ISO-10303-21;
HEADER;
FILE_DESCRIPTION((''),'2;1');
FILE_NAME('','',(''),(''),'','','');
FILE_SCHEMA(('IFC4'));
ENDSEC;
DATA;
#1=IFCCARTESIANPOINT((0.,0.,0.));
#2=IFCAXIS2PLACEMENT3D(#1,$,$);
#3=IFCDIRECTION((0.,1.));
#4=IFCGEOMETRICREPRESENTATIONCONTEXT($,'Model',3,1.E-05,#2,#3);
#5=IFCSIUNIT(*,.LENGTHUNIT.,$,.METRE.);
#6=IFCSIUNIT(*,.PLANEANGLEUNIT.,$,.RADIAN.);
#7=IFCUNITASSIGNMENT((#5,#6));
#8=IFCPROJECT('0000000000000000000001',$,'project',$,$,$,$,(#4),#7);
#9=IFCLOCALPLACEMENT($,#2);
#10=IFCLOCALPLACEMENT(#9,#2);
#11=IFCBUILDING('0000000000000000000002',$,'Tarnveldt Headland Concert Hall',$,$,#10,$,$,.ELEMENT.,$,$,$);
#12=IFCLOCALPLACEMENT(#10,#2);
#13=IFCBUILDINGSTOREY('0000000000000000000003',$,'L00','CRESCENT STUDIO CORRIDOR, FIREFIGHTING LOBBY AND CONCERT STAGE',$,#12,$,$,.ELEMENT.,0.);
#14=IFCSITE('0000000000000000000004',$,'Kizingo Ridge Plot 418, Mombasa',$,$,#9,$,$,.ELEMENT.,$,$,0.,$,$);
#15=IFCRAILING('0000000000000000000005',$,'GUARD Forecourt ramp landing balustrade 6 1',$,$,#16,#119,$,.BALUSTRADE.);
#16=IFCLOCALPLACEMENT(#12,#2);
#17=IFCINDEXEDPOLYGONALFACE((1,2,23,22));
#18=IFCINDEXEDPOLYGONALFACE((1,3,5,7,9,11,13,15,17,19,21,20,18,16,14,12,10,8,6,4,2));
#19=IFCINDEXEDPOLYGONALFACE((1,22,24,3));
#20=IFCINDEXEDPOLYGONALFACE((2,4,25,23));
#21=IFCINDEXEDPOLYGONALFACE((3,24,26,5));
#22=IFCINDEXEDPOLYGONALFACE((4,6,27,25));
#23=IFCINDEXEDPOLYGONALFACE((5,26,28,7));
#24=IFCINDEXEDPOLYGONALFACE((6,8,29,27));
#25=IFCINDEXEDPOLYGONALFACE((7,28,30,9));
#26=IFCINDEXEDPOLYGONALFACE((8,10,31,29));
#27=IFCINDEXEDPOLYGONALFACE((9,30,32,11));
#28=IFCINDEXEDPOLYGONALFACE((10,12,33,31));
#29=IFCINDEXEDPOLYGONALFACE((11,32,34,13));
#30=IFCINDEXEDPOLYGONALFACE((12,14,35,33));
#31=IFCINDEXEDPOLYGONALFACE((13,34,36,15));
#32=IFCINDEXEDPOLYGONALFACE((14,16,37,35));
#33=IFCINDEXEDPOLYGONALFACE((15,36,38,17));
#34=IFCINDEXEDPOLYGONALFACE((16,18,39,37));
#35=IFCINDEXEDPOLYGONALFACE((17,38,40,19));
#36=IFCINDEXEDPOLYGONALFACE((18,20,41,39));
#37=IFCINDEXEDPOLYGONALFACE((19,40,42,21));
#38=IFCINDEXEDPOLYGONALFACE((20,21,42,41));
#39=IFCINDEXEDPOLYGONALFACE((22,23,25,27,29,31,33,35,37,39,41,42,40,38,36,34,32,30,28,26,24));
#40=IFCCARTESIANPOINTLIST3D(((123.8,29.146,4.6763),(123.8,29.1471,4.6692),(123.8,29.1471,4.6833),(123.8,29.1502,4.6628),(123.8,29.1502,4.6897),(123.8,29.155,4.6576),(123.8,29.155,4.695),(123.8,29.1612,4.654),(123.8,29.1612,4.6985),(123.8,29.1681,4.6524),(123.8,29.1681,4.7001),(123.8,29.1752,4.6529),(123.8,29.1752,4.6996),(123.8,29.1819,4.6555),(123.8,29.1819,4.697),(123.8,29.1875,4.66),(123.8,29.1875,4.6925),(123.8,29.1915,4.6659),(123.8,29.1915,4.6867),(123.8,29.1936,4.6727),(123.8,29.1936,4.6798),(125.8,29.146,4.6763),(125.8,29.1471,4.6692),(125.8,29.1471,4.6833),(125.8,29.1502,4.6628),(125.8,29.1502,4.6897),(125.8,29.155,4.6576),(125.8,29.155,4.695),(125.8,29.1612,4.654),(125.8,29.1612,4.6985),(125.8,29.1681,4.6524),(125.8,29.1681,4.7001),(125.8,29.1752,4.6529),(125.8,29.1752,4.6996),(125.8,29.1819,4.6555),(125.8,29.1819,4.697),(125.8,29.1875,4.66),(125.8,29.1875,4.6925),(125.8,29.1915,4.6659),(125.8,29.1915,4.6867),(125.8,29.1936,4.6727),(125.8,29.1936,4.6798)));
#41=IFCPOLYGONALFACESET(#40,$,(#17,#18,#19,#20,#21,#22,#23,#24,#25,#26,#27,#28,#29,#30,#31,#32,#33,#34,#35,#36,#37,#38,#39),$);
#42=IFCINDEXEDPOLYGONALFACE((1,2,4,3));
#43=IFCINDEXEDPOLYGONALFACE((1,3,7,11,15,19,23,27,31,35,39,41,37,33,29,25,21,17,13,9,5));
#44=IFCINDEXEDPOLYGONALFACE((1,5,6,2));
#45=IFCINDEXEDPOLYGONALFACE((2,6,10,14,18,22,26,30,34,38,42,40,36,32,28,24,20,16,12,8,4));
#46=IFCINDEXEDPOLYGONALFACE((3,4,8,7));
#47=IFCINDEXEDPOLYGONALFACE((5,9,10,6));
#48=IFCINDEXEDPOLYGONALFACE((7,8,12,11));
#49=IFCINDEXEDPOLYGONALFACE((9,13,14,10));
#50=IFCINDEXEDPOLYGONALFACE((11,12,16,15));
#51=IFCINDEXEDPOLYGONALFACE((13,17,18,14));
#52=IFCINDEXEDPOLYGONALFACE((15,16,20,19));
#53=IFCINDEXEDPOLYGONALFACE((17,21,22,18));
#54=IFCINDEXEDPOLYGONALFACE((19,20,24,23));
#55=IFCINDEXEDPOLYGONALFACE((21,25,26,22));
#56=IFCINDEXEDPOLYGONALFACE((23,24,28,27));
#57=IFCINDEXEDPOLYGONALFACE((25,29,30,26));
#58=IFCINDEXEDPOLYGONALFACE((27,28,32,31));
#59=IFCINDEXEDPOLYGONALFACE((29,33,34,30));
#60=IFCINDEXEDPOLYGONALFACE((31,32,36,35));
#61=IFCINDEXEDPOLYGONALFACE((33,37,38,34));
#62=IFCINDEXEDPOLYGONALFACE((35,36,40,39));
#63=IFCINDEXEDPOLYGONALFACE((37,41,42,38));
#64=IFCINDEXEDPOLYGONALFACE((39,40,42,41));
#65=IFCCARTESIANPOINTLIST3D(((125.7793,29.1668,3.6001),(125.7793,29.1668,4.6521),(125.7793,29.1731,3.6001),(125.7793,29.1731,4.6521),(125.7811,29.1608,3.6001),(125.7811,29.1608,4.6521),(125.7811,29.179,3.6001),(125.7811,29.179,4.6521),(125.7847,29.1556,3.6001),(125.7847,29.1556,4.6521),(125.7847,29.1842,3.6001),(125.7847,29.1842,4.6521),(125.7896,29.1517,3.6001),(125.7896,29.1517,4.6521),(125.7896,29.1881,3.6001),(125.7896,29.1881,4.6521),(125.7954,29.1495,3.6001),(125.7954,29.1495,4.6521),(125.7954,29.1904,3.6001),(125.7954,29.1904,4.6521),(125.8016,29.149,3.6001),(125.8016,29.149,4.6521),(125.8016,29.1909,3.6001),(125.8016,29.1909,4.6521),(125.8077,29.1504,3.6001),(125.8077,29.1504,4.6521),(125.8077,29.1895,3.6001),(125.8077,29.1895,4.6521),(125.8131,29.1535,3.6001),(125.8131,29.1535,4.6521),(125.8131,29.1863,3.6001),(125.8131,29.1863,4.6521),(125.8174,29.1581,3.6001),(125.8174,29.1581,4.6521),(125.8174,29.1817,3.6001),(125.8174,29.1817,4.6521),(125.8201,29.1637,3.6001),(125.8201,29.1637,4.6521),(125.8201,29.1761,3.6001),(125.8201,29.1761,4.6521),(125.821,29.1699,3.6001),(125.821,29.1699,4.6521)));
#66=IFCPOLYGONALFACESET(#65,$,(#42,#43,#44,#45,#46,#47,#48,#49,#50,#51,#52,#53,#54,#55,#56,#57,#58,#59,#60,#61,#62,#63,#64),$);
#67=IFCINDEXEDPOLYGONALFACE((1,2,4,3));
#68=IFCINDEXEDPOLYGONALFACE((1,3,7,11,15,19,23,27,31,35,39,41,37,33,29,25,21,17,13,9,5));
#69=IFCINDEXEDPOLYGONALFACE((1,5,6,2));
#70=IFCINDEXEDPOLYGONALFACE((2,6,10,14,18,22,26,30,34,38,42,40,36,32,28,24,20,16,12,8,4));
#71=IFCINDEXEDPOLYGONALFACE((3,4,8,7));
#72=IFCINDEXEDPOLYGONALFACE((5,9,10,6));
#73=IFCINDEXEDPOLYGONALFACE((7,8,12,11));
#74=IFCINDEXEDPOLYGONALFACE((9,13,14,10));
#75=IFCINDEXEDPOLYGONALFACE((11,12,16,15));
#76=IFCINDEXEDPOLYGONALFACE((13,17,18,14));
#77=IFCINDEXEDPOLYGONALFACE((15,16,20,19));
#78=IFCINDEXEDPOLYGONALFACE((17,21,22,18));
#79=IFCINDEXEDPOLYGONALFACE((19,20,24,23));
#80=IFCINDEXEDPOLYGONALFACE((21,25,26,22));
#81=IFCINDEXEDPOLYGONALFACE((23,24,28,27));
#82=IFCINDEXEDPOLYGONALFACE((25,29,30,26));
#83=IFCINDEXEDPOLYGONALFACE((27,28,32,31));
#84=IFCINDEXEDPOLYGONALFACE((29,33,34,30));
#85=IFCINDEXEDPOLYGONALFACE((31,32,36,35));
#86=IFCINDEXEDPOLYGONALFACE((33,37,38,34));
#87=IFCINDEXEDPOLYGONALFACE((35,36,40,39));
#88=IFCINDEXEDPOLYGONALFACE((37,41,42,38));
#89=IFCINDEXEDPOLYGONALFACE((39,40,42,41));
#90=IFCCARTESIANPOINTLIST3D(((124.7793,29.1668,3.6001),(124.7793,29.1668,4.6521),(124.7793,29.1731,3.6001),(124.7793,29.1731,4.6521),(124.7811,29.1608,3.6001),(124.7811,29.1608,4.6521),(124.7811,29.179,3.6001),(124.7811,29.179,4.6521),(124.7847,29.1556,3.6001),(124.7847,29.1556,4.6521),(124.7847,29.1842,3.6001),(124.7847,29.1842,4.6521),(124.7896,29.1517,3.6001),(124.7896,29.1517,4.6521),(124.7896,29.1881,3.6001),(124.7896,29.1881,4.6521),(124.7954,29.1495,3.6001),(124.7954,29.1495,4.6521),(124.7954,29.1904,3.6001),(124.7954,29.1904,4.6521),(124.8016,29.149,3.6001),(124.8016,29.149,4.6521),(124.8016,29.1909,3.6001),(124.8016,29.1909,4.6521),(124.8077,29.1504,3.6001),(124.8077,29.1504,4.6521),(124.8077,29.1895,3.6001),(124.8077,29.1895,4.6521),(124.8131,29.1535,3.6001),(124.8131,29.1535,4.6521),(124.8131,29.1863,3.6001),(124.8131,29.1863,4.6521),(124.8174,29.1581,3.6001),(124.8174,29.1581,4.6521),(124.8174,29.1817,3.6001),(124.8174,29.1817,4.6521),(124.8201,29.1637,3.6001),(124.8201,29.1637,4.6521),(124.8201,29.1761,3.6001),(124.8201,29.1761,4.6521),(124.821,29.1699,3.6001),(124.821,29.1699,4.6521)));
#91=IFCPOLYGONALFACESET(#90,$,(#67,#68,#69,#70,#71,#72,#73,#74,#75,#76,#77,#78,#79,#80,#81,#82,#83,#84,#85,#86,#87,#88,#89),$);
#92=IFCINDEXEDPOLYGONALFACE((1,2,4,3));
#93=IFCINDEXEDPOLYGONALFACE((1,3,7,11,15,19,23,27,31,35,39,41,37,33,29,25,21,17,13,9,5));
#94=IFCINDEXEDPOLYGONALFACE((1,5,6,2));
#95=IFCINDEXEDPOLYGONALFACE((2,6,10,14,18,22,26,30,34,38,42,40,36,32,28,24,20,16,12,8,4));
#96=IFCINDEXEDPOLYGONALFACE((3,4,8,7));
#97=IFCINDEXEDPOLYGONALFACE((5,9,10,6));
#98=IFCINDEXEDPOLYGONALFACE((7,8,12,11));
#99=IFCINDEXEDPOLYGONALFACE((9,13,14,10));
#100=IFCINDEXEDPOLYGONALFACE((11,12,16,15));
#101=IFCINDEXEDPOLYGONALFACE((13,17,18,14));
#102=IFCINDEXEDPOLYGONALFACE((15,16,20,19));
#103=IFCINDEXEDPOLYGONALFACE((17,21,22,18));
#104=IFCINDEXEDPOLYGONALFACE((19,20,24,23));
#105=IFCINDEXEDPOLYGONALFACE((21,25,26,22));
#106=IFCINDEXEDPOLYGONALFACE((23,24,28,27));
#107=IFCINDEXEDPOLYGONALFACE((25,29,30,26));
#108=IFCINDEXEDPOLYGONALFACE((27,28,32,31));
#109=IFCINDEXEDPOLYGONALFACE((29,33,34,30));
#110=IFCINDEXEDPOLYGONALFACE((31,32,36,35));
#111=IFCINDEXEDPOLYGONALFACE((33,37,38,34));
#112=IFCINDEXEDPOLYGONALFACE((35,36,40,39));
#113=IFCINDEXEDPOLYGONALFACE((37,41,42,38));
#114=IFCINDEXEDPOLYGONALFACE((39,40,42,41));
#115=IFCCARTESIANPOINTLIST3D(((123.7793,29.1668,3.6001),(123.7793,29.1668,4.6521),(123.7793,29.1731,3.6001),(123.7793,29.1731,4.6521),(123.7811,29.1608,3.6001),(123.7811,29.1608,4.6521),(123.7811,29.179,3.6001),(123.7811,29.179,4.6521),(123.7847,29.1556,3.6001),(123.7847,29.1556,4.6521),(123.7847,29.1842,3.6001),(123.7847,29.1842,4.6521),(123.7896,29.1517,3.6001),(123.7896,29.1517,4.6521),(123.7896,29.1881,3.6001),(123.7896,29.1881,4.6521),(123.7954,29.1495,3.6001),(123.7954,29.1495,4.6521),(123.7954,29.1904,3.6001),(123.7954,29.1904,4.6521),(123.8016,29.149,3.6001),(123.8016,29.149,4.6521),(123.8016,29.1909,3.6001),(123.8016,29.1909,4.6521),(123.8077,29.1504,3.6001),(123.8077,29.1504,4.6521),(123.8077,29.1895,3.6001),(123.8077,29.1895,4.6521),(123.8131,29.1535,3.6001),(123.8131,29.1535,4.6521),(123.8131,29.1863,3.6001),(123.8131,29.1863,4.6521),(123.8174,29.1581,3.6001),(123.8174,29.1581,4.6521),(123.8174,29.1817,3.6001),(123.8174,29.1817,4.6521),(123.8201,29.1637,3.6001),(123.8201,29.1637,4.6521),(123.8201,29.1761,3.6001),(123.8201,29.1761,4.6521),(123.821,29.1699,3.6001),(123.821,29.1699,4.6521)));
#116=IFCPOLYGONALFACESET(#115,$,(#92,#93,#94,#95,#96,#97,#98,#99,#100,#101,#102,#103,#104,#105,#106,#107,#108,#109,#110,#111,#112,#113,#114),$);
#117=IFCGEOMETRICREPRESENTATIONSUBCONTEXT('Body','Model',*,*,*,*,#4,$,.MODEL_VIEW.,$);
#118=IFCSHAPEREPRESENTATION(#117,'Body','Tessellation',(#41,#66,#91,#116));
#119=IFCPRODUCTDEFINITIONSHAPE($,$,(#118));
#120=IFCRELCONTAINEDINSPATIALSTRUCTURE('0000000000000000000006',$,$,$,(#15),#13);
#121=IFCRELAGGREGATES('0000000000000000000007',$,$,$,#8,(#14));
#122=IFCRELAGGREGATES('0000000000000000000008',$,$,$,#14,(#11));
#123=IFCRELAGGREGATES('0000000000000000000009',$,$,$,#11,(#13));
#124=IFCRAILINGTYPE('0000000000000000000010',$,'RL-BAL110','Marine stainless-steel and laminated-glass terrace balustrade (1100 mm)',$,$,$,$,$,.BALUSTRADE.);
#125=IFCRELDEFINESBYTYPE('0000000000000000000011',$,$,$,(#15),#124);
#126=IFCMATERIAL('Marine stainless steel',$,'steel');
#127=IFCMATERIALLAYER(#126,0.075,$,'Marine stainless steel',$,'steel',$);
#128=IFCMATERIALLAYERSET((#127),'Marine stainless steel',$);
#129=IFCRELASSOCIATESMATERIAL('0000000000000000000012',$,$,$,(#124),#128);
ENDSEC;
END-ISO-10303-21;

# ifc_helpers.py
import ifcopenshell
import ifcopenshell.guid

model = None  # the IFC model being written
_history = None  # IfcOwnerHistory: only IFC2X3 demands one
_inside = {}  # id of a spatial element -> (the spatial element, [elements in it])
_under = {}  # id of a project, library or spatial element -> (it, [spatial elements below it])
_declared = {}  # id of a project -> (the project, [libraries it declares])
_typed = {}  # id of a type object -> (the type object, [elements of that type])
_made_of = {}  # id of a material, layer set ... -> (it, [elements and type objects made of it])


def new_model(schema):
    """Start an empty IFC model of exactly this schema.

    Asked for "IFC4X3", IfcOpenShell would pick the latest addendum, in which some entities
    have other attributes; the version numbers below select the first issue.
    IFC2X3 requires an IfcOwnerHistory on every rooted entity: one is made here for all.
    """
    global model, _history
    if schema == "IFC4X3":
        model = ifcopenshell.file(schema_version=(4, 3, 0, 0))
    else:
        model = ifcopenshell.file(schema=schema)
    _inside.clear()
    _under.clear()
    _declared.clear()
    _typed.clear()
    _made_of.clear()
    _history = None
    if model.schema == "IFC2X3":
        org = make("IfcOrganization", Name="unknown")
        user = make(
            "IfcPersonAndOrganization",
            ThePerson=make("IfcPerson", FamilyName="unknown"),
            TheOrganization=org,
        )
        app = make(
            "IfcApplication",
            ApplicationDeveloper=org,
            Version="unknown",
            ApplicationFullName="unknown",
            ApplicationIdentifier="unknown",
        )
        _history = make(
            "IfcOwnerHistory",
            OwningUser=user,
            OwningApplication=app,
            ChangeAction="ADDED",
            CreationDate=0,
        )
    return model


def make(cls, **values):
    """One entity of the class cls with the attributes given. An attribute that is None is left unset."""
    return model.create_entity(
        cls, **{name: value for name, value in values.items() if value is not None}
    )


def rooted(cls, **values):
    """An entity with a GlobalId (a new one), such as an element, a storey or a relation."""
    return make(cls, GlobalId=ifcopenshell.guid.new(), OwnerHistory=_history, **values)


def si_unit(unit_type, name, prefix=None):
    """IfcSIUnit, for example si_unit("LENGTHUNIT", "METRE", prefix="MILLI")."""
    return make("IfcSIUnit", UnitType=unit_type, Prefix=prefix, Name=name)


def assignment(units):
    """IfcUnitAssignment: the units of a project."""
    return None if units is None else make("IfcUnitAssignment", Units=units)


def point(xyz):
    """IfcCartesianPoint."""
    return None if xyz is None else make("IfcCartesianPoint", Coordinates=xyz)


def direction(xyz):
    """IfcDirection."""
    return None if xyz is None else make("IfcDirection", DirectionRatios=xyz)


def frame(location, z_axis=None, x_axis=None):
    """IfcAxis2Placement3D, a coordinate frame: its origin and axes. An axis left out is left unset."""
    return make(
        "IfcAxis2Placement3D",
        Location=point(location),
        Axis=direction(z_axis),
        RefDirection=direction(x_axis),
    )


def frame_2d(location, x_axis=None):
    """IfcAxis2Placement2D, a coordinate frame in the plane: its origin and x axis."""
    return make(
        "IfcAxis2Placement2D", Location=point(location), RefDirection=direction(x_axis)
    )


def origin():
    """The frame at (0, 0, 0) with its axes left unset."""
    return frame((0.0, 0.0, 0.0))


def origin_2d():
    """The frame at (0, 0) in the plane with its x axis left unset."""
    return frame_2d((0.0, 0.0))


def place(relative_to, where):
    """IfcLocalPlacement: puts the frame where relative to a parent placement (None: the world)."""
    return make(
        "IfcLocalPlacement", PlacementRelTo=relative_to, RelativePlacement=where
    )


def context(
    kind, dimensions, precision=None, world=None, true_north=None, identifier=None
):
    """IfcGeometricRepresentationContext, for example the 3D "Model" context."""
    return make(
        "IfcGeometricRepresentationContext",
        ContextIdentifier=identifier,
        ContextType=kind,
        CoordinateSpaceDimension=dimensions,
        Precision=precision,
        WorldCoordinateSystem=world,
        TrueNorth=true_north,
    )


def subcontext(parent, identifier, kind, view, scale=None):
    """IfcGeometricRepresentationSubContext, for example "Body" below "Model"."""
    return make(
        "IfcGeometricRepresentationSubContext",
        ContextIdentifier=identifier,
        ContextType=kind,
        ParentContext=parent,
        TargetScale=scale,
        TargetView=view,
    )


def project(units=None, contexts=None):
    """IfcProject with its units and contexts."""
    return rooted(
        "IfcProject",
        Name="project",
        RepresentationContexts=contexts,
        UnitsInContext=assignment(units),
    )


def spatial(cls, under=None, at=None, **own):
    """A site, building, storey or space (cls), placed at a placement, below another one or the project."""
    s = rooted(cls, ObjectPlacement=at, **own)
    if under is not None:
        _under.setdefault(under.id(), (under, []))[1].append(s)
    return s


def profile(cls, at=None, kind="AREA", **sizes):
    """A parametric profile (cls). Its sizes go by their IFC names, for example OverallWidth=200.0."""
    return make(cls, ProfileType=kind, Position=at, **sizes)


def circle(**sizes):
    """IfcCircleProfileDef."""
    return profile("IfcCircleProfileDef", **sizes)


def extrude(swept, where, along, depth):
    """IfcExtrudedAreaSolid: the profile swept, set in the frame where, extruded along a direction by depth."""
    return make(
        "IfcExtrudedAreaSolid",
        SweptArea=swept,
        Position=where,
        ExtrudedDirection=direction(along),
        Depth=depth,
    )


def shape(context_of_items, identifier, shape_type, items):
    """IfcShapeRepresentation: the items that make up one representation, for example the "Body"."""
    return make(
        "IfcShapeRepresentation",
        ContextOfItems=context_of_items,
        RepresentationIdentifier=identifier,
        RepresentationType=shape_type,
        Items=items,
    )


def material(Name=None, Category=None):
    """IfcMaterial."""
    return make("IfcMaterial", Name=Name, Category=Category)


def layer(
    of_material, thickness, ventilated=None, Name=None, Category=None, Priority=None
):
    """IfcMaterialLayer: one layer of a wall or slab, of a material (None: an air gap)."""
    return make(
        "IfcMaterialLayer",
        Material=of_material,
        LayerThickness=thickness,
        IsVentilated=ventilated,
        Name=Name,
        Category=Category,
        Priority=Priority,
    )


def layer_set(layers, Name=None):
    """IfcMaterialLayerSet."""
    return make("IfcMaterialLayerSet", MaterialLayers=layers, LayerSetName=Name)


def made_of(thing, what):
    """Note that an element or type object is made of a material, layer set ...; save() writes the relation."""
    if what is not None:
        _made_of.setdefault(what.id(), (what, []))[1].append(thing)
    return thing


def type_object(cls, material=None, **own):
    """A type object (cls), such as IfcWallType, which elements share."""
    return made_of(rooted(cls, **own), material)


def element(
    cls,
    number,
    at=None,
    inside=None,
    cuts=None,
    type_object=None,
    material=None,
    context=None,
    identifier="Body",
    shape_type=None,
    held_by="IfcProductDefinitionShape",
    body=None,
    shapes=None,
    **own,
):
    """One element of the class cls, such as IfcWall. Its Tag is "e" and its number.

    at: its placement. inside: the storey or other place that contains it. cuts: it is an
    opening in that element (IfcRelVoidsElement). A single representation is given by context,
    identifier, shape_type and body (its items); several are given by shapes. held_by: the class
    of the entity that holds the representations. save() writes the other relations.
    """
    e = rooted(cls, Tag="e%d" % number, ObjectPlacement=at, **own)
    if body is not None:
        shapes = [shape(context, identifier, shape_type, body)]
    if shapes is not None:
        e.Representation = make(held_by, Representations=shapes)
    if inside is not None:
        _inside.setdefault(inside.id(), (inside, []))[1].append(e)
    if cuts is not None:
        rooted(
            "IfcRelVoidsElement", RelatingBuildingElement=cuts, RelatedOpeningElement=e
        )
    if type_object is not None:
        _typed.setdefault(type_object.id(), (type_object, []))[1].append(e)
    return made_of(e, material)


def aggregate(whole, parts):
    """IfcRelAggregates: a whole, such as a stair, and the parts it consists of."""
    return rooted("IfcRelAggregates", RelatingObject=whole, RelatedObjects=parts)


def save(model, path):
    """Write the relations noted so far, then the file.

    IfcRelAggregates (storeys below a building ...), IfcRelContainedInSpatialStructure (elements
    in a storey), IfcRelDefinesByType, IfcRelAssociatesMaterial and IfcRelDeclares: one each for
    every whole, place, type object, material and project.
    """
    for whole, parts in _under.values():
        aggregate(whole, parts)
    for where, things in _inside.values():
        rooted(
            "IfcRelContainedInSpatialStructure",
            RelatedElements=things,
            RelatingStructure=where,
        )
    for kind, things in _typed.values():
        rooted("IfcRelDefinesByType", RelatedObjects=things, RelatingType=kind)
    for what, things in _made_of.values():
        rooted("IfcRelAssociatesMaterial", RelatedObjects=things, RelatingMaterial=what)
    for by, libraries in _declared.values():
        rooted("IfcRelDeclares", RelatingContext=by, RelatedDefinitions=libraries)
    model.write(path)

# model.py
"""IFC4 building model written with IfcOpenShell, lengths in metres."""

from ifc_helpers import new_model, si_unit, direction, frame, origin, origin_2d, place, context, subcontext, project, spatial, circle, extrude, material, layer, layer_set, type_object, element, save


model = new_model("IFC4")

# Units and contexts
model_context = context("Model", 3, precision=1e-05, world=origin(), true_north=direction((0.0, 1.0)))
body_context = subcontext(model_context, "Body", "Model", "MODEL_VIEW")
ifc_project = project(units=[si_unit("LENGTHUNIT", "METRE"), si_unit("PLANEANGLEUNIT", "RADIAN")], contexts=[model_context])

# Site, building, storey
site_placement = place(None, origin())
site = spatial("IfcSite", under=ifc_project, at=site_placement, Name="Kizingo Ridge Plot 418, Mombasa", CompositionType="ELEMENT", RefElevation=0.0)
building_placement = place(site_placement, origin())
building = spatial("IfcBuilding", under=site, at=building_placement, Name="Tarnveldt Headland Concert Hall", CompositionType="ELEMENT")
storey_placement = place(building_placement, origin())
storey = spatial("IfcBuildingStorey", under=building, at=storey_placement, Name="L00", Description="CRESCENT STUDIO CORRIDOR, FIREFIGHTING LOBBY AND CONCERT STAGE", CompositionType="ELEMENT", Elevation=0.0)

# Railing
ifc_material_1 = material(Name="Marine stainless steel", Category="steel")
ifc_layer_1 = layer(ifc_material_1, 0.075, Name="Marine stainless steel", Category="steel")
ifc_layer_set_1 = layer_set([ifc_layer_1], Name="Marine stainless steel")
railing_type = type_object("IfcRailingType", Name="RL-BAL110", Description="Marine stainless-steel and laminated-glass terrace balustrade (1100 mm)", PredefinedType="BALUSTRADE", material=ifc_layer_set_1)
railing_1_placement = place(storey_placement, frame((125.8, 29.1699, 3.6001)))
element("IfcRailing", 1, at=railing_1_placement, inside=storey, type_object=railing_type, Name="GUARD Forecourt ramp landing balustrade 6 1", PredefinedType="BALUSTRADE", context=body_context, shape_type="SweptSolid", body=[
    extrude(circle(Radius=0.0239, at=origin_2d()), frame((0.0, 0.0, 1.0762), z_axis=(-1.0, 0.0, 0.0), x_axis=(0.0, -1.0, 0.0)), (0.0, 0.0, 1.0), 2.0),
    extrude(circle(Radius=0.021, at=origin_2d()), origin(), (0.0, 0.0, 1.0), 1.052),
    extrude(circle(Radius=0.021, at=origin_2d()), frame((-1.0, 0.0, 0.0)), (0.0, 0.0, 1.0), 1.052),
    extrude(circle(Radius=0.021, at=origin_2d()), frame((-2.0, 0.0, 0.0)), (0.0, 0.0, 1.0), 1.052),
])

save(model, "model.ifc")
